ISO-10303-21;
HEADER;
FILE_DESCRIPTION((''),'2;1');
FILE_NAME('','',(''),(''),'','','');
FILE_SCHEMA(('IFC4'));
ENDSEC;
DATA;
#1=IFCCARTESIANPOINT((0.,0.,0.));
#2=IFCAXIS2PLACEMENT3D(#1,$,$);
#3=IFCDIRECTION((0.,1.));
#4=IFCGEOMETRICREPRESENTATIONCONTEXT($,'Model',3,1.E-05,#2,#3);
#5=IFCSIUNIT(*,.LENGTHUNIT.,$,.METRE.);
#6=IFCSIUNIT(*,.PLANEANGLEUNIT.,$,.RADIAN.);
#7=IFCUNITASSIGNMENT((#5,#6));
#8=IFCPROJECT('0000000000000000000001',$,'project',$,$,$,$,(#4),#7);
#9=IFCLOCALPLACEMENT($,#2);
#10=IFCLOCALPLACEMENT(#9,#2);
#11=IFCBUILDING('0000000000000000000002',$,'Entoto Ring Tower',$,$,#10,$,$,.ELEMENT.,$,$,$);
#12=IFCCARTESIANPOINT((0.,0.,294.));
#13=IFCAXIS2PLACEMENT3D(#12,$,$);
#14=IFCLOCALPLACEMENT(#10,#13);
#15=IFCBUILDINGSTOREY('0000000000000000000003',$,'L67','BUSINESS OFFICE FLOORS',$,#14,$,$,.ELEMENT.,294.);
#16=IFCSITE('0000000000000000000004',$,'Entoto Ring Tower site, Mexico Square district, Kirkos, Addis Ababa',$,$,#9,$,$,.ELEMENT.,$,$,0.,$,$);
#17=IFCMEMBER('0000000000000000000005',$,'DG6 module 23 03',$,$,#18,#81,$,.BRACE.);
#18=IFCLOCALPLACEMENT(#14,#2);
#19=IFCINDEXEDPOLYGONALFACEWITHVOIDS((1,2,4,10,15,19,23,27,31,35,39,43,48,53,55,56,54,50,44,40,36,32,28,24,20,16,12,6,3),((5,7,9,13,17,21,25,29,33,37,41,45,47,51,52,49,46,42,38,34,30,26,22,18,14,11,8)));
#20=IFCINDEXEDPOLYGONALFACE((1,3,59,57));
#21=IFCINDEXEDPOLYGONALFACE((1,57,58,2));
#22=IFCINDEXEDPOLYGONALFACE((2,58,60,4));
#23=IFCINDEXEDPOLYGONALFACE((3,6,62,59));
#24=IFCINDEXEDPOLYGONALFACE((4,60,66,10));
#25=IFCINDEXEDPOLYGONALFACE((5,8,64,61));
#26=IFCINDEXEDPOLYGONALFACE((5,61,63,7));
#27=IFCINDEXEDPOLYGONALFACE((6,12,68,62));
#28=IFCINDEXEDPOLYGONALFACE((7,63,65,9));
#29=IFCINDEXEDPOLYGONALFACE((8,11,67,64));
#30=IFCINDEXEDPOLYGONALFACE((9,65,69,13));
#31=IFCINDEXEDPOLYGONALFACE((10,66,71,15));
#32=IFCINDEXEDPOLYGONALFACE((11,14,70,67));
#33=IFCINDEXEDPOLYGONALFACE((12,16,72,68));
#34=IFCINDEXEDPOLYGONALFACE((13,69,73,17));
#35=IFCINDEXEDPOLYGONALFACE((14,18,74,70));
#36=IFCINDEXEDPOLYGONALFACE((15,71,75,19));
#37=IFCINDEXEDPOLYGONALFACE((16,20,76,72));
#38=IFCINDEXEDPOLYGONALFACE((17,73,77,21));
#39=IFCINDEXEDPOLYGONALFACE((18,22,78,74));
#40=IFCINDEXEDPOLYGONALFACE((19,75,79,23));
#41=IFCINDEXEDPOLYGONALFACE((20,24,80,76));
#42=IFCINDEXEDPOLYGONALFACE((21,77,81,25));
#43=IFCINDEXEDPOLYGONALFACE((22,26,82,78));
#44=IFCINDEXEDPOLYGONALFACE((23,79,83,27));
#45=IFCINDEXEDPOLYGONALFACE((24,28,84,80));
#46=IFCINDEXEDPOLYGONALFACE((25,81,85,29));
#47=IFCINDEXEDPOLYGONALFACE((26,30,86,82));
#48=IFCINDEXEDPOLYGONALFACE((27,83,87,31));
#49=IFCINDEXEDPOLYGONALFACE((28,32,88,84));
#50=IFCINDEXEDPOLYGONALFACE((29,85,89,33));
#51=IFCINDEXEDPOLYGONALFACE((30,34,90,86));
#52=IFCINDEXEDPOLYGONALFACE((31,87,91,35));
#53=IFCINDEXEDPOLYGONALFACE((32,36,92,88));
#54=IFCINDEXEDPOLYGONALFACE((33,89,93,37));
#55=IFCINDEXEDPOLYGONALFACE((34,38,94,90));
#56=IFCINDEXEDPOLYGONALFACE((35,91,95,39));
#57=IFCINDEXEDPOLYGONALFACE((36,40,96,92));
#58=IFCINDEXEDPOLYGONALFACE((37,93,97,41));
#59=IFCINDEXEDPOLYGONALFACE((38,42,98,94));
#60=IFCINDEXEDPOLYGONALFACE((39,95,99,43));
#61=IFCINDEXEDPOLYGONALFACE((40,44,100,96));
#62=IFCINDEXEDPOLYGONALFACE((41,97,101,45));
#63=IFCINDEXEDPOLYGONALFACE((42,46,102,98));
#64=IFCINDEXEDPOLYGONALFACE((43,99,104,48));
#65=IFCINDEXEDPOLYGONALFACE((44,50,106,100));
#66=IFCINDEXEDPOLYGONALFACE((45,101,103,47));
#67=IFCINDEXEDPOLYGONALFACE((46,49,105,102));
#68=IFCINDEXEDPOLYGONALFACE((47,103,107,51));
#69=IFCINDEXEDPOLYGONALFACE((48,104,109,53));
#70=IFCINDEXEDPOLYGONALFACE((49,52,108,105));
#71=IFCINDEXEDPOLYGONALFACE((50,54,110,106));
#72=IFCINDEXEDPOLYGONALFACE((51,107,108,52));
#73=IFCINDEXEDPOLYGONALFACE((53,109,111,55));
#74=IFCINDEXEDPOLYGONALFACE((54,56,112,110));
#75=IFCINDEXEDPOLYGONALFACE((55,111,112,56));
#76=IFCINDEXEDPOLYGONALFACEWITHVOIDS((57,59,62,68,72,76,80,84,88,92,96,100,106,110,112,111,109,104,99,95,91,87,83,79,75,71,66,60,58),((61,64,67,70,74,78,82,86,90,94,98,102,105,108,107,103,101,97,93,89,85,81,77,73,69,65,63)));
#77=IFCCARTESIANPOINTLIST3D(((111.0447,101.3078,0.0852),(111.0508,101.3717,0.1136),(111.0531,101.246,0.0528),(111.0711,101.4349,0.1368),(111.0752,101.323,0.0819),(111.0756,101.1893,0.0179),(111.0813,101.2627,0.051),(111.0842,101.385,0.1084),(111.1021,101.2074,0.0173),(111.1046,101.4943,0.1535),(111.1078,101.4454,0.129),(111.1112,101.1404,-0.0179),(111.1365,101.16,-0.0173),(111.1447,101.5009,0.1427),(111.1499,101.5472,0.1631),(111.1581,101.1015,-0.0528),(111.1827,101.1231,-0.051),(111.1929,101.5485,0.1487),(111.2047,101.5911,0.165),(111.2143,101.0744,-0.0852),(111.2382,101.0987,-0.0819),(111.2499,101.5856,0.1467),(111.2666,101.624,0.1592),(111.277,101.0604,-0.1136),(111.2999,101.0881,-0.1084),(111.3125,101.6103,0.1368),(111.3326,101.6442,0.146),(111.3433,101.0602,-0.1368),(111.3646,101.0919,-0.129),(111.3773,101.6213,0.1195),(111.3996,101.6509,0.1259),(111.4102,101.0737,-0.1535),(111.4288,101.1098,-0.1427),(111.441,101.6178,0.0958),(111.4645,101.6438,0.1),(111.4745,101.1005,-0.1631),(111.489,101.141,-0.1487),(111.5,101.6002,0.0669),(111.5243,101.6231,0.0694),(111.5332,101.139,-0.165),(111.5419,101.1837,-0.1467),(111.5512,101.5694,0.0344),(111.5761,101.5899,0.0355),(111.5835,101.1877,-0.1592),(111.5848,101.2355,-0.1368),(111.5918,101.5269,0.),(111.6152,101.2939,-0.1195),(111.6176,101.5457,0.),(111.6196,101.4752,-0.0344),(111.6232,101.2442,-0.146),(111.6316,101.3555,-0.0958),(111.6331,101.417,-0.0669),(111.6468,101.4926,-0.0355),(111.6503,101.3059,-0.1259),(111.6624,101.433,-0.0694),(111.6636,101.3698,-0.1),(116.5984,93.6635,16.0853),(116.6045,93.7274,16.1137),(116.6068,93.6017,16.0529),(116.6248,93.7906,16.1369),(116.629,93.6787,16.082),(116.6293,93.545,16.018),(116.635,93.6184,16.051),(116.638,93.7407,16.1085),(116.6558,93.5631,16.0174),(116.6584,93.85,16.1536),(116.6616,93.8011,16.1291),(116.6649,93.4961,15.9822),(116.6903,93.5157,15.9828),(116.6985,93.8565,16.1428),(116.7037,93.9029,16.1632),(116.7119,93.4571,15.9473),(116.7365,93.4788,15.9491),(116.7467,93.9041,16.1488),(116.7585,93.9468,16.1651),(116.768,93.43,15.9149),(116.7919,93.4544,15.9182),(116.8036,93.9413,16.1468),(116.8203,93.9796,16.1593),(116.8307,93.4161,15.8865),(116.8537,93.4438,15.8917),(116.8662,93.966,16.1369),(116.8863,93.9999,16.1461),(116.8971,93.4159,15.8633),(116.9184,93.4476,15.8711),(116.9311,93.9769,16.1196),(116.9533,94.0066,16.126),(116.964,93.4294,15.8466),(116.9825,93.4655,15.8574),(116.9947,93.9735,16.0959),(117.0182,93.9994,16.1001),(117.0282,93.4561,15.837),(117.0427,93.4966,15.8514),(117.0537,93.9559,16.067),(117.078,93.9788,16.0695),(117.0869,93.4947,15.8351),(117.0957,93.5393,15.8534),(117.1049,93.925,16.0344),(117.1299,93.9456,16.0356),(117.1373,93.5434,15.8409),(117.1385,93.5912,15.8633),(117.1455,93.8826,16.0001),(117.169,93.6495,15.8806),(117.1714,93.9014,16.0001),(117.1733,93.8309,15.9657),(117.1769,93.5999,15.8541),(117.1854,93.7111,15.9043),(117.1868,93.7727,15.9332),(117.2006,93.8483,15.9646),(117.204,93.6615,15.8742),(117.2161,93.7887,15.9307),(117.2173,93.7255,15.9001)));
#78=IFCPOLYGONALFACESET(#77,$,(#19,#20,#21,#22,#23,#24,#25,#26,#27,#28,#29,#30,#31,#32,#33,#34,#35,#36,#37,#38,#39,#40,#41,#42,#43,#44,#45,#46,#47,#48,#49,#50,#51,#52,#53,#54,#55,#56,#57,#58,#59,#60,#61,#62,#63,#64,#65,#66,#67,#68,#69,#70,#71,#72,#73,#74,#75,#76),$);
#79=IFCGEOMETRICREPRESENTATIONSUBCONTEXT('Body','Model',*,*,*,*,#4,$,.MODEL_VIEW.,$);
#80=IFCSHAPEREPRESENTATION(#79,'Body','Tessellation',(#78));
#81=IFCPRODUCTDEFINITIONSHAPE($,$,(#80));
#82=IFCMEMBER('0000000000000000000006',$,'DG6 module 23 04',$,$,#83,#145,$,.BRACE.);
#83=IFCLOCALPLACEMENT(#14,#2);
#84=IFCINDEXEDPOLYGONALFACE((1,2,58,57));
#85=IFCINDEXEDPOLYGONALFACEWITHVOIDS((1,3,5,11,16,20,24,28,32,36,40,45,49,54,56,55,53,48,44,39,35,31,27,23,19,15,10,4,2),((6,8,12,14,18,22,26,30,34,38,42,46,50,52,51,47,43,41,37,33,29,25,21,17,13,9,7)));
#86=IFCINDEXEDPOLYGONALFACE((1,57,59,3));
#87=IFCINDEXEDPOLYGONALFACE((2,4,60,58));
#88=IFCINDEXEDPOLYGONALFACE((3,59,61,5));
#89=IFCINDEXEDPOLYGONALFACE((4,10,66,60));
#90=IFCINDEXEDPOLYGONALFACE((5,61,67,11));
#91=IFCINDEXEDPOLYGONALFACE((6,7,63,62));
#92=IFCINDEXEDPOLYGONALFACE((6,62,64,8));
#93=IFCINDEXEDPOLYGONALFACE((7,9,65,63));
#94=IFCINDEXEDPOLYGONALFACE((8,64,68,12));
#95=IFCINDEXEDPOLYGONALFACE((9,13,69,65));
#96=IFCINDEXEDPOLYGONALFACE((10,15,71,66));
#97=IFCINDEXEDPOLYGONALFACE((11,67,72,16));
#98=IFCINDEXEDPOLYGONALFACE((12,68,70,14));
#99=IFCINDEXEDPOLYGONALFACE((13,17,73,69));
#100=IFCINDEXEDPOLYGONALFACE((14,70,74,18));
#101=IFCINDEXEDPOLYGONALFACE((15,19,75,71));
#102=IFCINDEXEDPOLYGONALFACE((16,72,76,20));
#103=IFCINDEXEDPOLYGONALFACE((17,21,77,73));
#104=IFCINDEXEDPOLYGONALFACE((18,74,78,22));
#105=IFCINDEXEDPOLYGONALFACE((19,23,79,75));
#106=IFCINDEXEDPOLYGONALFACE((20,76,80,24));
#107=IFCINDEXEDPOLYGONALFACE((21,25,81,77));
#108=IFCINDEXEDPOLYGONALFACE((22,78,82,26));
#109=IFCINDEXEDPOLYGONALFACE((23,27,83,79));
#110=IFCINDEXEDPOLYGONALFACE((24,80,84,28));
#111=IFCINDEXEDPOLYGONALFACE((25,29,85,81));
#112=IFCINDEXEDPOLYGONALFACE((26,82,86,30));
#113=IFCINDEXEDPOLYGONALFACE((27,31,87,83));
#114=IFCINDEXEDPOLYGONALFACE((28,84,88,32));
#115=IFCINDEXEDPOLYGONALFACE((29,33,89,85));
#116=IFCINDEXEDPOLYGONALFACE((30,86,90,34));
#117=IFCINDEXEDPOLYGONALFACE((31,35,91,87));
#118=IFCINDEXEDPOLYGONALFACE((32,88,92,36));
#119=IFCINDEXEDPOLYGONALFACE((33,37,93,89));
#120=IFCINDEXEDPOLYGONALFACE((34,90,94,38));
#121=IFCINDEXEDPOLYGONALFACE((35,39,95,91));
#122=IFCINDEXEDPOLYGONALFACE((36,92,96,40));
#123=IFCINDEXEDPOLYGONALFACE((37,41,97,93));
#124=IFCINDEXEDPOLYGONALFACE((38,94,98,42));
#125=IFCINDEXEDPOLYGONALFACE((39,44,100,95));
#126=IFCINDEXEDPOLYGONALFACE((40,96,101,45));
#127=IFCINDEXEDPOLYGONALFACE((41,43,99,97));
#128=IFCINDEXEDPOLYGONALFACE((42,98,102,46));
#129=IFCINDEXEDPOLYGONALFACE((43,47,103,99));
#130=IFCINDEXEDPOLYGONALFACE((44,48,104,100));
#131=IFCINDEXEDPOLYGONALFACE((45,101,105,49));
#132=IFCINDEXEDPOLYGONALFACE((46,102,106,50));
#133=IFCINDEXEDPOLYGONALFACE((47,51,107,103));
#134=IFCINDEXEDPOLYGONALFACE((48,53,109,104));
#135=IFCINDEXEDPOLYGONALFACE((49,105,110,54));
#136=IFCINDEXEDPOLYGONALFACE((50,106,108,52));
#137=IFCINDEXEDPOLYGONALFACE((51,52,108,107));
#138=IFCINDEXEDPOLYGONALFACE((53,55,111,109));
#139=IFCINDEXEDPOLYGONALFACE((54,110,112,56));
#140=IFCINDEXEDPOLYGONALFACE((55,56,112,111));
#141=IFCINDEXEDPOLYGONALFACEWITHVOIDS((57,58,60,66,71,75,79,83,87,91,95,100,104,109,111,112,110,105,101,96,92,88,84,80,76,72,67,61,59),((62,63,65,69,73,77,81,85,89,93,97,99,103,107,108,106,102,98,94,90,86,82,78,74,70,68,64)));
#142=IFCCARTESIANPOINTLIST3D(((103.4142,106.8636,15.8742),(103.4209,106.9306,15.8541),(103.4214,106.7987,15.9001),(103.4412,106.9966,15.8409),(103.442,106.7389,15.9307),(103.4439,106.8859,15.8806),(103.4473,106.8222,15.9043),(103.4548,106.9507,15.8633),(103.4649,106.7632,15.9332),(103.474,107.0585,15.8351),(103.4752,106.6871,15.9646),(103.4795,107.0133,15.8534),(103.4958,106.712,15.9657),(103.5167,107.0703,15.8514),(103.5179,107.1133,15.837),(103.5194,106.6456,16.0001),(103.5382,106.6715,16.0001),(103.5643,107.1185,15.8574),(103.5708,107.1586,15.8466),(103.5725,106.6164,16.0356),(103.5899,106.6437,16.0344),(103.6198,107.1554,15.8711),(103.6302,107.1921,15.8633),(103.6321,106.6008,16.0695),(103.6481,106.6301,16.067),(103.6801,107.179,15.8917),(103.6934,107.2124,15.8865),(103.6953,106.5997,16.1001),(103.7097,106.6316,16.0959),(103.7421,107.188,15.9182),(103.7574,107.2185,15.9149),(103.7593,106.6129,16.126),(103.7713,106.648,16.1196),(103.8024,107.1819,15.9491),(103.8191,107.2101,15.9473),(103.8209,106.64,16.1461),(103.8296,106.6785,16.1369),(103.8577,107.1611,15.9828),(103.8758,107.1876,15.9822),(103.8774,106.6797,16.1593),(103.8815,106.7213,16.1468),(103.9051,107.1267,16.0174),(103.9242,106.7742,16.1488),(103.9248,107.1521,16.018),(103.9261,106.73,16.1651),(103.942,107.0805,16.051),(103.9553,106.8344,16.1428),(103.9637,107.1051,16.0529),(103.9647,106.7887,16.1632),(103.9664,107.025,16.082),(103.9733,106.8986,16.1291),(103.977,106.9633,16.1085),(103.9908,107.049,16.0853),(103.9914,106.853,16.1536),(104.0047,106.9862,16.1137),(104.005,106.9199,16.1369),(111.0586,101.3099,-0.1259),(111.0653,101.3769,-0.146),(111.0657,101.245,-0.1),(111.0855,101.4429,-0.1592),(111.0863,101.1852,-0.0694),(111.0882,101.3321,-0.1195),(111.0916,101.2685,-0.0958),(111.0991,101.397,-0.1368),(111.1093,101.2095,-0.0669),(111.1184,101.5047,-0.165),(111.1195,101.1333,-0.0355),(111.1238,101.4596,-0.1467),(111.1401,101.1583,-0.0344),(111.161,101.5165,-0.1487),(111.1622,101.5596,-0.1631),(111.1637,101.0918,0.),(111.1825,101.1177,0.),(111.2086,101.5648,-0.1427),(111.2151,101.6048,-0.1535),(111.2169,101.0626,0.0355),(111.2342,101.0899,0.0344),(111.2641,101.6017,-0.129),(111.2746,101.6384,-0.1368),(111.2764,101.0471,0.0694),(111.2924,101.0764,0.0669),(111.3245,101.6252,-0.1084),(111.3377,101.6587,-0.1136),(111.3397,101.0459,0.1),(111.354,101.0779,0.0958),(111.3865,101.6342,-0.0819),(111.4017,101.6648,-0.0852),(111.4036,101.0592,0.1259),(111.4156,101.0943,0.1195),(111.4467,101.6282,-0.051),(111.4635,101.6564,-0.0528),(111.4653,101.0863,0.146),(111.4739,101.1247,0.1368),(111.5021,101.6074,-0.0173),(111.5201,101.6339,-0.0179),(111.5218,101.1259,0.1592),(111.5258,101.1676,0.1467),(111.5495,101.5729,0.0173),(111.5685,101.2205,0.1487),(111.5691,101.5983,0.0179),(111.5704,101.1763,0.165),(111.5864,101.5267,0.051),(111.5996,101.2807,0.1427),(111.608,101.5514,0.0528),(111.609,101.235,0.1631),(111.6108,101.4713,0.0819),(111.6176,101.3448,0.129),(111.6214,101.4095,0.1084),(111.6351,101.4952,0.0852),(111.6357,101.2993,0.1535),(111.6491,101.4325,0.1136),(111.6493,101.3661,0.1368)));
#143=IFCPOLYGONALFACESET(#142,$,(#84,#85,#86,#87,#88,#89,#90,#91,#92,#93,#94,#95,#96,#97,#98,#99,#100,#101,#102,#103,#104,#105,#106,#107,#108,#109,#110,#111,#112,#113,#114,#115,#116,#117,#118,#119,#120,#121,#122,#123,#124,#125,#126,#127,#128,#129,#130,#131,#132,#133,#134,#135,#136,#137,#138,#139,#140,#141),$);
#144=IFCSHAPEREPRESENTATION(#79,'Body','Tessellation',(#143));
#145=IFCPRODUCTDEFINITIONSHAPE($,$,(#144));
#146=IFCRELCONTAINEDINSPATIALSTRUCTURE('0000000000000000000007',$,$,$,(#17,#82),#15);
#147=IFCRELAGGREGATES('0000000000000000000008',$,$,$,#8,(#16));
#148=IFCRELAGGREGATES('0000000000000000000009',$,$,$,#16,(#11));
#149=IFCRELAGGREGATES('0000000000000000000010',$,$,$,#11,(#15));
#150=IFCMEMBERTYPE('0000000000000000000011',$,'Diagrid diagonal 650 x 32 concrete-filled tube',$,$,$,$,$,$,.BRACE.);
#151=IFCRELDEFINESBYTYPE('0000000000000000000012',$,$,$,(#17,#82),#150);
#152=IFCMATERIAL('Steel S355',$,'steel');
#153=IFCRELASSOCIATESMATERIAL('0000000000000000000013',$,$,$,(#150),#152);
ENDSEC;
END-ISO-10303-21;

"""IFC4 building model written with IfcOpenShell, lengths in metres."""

from ifc_helpers import new_model, si_unit, direction, frame, origin, origin_2d, place, context, subcontext, project, spatial, circle, hollow_circle, extrude, material, material_profile, profile_set, type_object, element, save


model = new_model("IFC4")

# Units and contexts
model_context = context("Model", 3, precision=1e-05, world=origin(), true_north=direction((0.0, 1.0)))
body_context = subcontext(model_context, "Body", "Model", "MODEL_VIEW")
ifc_project = project(units=[si_unit("LENGTHUNIT", "METRE"), si_unit("PLANEANGLEUNIT", "RADIAN")], contexts=[model_context])

# Site, building, storey
site_placement = place(None, origin())
site = spatial("IfcSite", under=ifc_project, at=site_placement, Name="Entoto Ring Tower site, Mexico Square district, Kirkos, Addis Ababa", CompositionType="ELEMENT", RefElevation=0.0)
building_placement = place(site_placement, origin())
building = spatial("IfcBuilding", under=site, at=building_placement, Name="Entoto Ring Tower", CompositionType="ELEMENT")
storey_placement = place(building_placement, frame((0.0, 0.0, 294.0)))
storey = spatial("IfcBuildingStorey", under=building, at=storey_placement, Name="L67", Description="BUSINESS OFFICE FLOORS", CompositionType="ELEMENT", Elevation=294.0)

# Members
ifc_material_1 = material(Name="Steel S355", Category="steel")
ifc_material_profile_1 = material_profile(ifc_material_1, hollow_circle(Radius=0.325, WallThickness=0.032, at=origin_2d()), Name="CHS 650 x 32")
ifc_material_2 = material(Name="Concrete C60/75", Category="concrete")
ifc_material_profile_2 = material_profile(ifc_material_2, circle(Radius=0.293, at=origin_2d()), Name="Concrete C60/75 infill")
ifc_profile_set_1 = profile_set([ifc_material_profile_1, ifc_material_profile_2], Name="Steel S355")
member_type_1 = type_object("IfcMemberType", Name="Diagrid diagonal 650 x 32 concrete-filled tube", PredefinedType="BRACE", material=ifc_profile_set_1)
for number, where, z_axis, x_axis, name in (
    (1, (111.3547, 101.3547, 0.0), (0.298881, -0.411388, 0.861063), (0.809026, 0.587772, 0.0), "DG6 module 23 03"),
    (2, (111.3547, 101.3547, 0.0), (-0.411388, 0.298881, 0.861063), (-0.587772, -0.809026, 0.0), "DG6 module 23 04"),
):
    element("IfcMember", number, at=place(storey_placement, frame(where, z_axis=z_axis, x_axis=x_axis)), inside=storey, type_object=member_type_1, Name=name, PredefinedType="BRACE", context=body_context, shape_type="SweptSolid", body=[
        extrude(hollow_circle(Radius=0.325, WallThickness=0.032, at=origin_2d()), origin(), (0.0, 0.0, 1.0), 18.5818),
    ])

save(model, "model.ifc")
